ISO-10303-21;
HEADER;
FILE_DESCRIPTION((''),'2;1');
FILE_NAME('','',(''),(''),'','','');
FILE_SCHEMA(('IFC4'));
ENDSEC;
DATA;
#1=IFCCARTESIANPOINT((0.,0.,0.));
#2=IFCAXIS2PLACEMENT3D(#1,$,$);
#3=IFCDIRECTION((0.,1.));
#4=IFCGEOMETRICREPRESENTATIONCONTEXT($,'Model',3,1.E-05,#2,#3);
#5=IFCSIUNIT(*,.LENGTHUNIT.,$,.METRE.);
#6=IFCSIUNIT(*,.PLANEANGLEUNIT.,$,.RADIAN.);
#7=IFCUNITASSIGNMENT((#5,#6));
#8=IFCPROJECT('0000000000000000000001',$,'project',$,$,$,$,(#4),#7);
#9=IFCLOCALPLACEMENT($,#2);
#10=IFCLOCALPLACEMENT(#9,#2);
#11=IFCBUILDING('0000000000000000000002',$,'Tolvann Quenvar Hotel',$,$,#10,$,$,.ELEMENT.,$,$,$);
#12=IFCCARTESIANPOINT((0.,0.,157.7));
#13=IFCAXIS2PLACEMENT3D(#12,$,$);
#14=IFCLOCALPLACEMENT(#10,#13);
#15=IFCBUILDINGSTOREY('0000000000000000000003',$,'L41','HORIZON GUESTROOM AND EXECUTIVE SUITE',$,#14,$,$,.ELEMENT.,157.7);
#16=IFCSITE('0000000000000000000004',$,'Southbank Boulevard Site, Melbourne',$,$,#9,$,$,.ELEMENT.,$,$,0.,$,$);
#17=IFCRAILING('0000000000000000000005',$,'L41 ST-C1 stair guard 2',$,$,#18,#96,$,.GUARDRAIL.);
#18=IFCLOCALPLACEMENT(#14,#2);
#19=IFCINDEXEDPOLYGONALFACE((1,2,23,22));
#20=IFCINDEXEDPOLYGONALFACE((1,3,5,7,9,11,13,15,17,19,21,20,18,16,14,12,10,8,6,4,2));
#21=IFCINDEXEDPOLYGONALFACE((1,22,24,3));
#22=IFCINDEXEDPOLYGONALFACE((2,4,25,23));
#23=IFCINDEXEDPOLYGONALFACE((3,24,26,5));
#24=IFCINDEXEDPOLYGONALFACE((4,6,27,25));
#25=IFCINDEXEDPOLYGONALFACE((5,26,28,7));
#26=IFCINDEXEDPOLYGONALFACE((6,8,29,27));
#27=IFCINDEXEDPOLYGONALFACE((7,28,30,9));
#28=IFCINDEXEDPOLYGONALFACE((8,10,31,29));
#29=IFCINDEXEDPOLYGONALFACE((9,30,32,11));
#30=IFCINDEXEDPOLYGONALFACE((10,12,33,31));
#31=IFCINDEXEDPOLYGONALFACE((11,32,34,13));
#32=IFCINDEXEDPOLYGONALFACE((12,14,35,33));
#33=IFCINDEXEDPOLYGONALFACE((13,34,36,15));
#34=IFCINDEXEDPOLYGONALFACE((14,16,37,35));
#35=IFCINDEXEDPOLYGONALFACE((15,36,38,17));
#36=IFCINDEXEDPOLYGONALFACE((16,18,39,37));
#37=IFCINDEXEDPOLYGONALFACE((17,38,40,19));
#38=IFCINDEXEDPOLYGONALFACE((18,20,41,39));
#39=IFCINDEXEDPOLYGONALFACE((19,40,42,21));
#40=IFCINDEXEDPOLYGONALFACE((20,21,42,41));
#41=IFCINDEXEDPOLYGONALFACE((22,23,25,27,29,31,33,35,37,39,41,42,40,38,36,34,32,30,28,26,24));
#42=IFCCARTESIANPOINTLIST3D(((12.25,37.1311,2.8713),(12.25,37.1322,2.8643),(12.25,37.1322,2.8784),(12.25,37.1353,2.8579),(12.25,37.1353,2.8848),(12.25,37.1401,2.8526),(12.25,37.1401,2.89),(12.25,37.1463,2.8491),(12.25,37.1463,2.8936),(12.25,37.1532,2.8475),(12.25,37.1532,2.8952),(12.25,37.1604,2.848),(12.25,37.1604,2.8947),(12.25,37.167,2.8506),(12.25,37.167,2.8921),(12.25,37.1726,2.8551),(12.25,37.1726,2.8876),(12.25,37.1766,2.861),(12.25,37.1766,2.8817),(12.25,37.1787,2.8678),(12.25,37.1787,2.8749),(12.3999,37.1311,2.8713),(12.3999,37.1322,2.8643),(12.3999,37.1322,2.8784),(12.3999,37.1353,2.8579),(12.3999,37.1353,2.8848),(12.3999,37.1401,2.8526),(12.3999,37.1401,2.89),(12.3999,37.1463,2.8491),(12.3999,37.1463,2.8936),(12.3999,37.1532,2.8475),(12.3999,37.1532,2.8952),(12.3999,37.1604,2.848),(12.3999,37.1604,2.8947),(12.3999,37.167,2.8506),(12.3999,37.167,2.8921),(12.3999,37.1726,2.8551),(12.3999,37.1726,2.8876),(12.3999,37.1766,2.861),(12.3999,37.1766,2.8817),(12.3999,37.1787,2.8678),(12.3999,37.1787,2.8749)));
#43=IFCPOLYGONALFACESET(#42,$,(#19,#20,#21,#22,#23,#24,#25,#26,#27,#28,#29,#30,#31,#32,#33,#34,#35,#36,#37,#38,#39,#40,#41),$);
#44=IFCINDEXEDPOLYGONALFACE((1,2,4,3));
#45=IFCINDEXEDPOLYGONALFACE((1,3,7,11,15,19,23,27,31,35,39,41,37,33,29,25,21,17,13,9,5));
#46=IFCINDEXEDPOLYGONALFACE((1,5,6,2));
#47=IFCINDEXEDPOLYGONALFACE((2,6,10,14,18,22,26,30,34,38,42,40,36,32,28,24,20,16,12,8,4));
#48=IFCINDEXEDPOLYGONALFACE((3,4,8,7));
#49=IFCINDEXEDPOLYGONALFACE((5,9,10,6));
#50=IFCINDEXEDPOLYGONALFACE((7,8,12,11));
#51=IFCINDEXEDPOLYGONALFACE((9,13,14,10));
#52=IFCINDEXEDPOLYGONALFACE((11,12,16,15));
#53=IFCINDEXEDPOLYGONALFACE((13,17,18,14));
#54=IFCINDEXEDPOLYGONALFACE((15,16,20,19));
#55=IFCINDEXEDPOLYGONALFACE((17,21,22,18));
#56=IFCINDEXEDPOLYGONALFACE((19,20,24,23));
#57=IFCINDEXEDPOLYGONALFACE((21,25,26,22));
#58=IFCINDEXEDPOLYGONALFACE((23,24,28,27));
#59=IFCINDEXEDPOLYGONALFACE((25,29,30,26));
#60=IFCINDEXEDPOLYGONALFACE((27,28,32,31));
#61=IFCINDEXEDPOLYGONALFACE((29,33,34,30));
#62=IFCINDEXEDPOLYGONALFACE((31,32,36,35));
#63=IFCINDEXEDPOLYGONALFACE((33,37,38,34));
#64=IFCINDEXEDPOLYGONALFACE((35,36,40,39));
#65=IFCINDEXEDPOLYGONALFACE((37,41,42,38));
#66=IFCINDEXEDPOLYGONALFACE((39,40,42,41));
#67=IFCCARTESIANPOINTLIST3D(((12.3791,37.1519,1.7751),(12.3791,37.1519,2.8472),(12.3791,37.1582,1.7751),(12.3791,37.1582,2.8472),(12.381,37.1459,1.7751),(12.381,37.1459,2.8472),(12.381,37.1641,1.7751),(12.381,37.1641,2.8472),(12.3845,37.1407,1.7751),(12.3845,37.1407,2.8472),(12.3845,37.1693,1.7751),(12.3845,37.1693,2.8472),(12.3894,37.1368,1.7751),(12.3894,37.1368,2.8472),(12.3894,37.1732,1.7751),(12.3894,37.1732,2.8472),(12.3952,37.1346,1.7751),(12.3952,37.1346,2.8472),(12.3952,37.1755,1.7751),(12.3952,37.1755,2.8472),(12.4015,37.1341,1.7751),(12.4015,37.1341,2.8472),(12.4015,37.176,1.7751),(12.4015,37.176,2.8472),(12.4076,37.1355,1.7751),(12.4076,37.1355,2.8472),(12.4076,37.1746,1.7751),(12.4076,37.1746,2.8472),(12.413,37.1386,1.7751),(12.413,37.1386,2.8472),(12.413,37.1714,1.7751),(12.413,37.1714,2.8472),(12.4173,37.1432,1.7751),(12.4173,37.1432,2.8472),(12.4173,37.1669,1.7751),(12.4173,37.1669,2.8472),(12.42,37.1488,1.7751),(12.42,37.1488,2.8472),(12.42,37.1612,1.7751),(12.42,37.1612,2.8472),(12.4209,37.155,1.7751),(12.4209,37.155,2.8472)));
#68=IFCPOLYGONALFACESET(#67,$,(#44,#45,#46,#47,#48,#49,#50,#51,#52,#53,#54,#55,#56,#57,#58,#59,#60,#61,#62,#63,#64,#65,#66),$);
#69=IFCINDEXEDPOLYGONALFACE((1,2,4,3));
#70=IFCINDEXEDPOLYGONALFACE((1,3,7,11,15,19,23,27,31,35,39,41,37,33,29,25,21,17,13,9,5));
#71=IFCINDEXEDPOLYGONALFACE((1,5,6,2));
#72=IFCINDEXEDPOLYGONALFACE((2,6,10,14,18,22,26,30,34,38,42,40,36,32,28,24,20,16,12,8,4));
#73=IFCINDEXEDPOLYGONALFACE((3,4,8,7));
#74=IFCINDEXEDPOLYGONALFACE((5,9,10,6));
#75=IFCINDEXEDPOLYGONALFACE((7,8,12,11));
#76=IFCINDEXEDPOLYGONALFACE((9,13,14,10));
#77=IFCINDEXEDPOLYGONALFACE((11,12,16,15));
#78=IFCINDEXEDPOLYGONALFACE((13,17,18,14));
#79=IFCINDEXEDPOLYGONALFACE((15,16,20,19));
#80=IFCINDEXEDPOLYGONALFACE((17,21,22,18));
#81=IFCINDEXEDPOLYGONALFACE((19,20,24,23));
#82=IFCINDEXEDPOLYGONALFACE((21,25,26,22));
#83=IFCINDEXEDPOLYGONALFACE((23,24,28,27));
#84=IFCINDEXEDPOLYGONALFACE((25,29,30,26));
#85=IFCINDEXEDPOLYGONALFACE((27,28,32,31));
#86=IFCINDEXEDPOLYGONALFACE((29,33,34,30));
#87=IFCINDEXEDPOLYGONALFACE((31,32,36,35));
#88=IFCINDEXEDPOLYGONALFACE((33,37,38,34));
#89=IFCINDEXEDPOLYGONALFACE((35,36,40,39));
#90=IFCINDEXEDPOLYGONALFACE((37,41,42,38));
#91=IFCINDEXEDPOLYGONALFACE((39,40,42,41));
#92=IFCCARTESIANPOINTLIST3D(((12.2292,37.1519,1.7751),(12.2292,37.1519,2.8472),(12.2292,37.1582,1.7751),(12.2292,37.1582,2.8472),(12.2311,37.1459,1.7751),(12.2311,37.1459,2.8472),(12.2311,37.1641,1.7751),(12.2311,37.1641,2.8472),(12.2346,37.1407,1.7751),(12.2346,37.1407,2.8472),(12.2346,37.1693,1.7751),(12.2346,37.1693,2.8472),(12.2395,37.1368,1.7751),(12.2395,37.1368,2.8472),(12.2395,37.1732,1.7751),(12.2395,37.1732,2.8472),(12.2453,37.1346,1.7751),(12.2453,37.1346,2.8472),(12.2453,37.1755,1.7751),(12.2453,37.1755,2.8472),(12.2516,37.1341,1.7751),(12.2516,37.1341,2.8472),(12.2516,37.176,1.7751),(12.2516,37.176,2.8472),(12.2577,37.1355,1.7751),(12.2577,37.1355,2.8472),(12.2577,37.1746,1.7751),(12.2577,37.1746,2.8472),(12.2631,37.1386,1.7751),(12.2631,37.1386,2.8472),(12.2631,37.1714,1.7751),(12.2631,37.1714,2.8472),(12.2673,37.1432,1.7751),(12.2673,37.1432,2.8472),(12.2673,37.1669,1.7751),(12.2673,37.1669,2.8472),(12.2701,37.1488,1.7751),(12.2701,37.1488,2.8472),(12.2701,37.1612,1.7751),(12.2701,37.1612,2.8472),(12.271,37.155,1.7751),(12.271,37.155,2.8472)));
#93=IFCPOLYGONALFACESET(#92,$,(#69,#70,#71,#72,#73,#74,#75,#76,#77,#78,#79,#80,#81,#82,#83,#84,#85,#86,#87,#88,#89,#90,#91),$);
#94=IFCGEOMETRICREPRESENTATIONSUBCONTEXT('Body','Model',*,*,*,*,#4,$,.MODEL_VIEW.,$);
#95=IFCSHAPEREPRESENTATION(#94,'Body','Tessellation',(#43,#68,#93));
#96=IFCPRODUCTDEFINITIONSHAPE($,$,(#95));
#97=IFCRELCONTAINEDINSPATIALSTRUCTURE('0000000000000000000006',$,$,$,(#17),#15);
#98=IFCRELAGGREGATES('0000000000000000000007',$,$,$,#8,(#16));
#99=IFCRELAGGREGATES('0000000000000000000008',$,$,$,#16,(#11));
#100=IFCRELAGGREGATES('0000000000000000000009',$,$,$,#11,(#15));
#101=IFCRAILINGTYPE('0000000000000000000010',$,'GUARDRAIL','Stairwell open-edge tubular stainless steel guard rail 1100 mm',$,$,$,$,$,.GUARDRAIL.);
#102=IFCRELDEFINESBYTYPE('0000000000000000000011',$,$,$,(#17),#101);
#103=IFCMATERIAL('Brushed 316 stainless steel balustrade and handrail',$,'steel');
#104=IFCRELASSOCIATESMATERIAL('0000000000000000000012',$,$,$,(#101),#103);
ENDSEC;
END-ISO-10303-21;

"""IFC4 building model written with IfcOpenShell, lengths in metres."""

from ifc_helpers import new_model, si_unit, direction, frame, origin, origin_2d, place, context, subcontext, project, spatial, circle, extrude, material, type_object, element, save


model = new_model("IFC4")

# Units and contexts
model_context = context("Model", 3, precision=1e-05, world=origin(), true_north=direction((0.0, 1.0)))
body_context = subcontext(model_context, "Body", "Model", "MODEL_VIEW")
ifc_project = project(units=[si_unit("LENGTHUNIT", "METRE"), si_unit("PLANEANGLEUNIT", "RADIAN")], contexts=[model_context])

# Site, building, storey
site_placement = place(None, origin())
site = spatial("IfcSite", under=ifc_project, at=site_placement, Name="Southbank Boulevard Site, Melbourne", CompositionType="ELEMENT", RefElevation=0.0)
building_placement = place(site_placement, origin())
building = spatial("IfcBuilding", under=site, at=building_placement, Name="Tolvann Quenvar Hotel", CompositionType="ELEMENT")
storey_placement = place(building_placement, frame((0.0, 0.0, 157.7)))
storey = spatial("IfcBuildingStorey", under=building, at=storey_placement, Name="L41", Description="HORIZON GUESTROOM AND EXECUTIVE SUITE", CompositionType="ELEMENT", Elevation=157.7)

# Railing
ifc_material_1 = material(Name="Brushed 316 stainless steel balustrade and handrail", Category="steel")
railing_type_1 = type_object("IfcRailingType", Name="GUARDRAIL", Description="Stairwell open-edge tubular stainless steel guard rail 1100 mm", PredefinedType="GUARDRAIL", material=ifc_material_1)
railing_1_placement = place(storey_placement, frame((12.3999, 37.155, 1.7751)))
element("IfcRailing", 1, at=railing_1_placement, inside=storey, type_object=railing_type_1, Name="L41 ST-C1 stair guard 2", PredefinedType="GUARDRAIL", context=body_context, shape_type="SweptSolid", body=[
    extrude(circle(Radius=0.0239, at=origin_2d()), frame((0.0, 0.0, 1.0962), z_axis=(-1.0, 0.0, 0.0), x_axis=(0.0, -1.0, 0.0)), (0.0, 0.0, 1.0), 0.1499),
    extrude(circle(Radius=0.021, at=origin_2d()), origin(), (0.0, 0.0, 1.0), 1.072),
    extrude(circle(Radius=0.021, at=origin_2d()), frame((-0.1499, 0.0, 0.0)), (0.0, 0.0, 1.0), 1.072),
])

save(model, "model.ifc")
